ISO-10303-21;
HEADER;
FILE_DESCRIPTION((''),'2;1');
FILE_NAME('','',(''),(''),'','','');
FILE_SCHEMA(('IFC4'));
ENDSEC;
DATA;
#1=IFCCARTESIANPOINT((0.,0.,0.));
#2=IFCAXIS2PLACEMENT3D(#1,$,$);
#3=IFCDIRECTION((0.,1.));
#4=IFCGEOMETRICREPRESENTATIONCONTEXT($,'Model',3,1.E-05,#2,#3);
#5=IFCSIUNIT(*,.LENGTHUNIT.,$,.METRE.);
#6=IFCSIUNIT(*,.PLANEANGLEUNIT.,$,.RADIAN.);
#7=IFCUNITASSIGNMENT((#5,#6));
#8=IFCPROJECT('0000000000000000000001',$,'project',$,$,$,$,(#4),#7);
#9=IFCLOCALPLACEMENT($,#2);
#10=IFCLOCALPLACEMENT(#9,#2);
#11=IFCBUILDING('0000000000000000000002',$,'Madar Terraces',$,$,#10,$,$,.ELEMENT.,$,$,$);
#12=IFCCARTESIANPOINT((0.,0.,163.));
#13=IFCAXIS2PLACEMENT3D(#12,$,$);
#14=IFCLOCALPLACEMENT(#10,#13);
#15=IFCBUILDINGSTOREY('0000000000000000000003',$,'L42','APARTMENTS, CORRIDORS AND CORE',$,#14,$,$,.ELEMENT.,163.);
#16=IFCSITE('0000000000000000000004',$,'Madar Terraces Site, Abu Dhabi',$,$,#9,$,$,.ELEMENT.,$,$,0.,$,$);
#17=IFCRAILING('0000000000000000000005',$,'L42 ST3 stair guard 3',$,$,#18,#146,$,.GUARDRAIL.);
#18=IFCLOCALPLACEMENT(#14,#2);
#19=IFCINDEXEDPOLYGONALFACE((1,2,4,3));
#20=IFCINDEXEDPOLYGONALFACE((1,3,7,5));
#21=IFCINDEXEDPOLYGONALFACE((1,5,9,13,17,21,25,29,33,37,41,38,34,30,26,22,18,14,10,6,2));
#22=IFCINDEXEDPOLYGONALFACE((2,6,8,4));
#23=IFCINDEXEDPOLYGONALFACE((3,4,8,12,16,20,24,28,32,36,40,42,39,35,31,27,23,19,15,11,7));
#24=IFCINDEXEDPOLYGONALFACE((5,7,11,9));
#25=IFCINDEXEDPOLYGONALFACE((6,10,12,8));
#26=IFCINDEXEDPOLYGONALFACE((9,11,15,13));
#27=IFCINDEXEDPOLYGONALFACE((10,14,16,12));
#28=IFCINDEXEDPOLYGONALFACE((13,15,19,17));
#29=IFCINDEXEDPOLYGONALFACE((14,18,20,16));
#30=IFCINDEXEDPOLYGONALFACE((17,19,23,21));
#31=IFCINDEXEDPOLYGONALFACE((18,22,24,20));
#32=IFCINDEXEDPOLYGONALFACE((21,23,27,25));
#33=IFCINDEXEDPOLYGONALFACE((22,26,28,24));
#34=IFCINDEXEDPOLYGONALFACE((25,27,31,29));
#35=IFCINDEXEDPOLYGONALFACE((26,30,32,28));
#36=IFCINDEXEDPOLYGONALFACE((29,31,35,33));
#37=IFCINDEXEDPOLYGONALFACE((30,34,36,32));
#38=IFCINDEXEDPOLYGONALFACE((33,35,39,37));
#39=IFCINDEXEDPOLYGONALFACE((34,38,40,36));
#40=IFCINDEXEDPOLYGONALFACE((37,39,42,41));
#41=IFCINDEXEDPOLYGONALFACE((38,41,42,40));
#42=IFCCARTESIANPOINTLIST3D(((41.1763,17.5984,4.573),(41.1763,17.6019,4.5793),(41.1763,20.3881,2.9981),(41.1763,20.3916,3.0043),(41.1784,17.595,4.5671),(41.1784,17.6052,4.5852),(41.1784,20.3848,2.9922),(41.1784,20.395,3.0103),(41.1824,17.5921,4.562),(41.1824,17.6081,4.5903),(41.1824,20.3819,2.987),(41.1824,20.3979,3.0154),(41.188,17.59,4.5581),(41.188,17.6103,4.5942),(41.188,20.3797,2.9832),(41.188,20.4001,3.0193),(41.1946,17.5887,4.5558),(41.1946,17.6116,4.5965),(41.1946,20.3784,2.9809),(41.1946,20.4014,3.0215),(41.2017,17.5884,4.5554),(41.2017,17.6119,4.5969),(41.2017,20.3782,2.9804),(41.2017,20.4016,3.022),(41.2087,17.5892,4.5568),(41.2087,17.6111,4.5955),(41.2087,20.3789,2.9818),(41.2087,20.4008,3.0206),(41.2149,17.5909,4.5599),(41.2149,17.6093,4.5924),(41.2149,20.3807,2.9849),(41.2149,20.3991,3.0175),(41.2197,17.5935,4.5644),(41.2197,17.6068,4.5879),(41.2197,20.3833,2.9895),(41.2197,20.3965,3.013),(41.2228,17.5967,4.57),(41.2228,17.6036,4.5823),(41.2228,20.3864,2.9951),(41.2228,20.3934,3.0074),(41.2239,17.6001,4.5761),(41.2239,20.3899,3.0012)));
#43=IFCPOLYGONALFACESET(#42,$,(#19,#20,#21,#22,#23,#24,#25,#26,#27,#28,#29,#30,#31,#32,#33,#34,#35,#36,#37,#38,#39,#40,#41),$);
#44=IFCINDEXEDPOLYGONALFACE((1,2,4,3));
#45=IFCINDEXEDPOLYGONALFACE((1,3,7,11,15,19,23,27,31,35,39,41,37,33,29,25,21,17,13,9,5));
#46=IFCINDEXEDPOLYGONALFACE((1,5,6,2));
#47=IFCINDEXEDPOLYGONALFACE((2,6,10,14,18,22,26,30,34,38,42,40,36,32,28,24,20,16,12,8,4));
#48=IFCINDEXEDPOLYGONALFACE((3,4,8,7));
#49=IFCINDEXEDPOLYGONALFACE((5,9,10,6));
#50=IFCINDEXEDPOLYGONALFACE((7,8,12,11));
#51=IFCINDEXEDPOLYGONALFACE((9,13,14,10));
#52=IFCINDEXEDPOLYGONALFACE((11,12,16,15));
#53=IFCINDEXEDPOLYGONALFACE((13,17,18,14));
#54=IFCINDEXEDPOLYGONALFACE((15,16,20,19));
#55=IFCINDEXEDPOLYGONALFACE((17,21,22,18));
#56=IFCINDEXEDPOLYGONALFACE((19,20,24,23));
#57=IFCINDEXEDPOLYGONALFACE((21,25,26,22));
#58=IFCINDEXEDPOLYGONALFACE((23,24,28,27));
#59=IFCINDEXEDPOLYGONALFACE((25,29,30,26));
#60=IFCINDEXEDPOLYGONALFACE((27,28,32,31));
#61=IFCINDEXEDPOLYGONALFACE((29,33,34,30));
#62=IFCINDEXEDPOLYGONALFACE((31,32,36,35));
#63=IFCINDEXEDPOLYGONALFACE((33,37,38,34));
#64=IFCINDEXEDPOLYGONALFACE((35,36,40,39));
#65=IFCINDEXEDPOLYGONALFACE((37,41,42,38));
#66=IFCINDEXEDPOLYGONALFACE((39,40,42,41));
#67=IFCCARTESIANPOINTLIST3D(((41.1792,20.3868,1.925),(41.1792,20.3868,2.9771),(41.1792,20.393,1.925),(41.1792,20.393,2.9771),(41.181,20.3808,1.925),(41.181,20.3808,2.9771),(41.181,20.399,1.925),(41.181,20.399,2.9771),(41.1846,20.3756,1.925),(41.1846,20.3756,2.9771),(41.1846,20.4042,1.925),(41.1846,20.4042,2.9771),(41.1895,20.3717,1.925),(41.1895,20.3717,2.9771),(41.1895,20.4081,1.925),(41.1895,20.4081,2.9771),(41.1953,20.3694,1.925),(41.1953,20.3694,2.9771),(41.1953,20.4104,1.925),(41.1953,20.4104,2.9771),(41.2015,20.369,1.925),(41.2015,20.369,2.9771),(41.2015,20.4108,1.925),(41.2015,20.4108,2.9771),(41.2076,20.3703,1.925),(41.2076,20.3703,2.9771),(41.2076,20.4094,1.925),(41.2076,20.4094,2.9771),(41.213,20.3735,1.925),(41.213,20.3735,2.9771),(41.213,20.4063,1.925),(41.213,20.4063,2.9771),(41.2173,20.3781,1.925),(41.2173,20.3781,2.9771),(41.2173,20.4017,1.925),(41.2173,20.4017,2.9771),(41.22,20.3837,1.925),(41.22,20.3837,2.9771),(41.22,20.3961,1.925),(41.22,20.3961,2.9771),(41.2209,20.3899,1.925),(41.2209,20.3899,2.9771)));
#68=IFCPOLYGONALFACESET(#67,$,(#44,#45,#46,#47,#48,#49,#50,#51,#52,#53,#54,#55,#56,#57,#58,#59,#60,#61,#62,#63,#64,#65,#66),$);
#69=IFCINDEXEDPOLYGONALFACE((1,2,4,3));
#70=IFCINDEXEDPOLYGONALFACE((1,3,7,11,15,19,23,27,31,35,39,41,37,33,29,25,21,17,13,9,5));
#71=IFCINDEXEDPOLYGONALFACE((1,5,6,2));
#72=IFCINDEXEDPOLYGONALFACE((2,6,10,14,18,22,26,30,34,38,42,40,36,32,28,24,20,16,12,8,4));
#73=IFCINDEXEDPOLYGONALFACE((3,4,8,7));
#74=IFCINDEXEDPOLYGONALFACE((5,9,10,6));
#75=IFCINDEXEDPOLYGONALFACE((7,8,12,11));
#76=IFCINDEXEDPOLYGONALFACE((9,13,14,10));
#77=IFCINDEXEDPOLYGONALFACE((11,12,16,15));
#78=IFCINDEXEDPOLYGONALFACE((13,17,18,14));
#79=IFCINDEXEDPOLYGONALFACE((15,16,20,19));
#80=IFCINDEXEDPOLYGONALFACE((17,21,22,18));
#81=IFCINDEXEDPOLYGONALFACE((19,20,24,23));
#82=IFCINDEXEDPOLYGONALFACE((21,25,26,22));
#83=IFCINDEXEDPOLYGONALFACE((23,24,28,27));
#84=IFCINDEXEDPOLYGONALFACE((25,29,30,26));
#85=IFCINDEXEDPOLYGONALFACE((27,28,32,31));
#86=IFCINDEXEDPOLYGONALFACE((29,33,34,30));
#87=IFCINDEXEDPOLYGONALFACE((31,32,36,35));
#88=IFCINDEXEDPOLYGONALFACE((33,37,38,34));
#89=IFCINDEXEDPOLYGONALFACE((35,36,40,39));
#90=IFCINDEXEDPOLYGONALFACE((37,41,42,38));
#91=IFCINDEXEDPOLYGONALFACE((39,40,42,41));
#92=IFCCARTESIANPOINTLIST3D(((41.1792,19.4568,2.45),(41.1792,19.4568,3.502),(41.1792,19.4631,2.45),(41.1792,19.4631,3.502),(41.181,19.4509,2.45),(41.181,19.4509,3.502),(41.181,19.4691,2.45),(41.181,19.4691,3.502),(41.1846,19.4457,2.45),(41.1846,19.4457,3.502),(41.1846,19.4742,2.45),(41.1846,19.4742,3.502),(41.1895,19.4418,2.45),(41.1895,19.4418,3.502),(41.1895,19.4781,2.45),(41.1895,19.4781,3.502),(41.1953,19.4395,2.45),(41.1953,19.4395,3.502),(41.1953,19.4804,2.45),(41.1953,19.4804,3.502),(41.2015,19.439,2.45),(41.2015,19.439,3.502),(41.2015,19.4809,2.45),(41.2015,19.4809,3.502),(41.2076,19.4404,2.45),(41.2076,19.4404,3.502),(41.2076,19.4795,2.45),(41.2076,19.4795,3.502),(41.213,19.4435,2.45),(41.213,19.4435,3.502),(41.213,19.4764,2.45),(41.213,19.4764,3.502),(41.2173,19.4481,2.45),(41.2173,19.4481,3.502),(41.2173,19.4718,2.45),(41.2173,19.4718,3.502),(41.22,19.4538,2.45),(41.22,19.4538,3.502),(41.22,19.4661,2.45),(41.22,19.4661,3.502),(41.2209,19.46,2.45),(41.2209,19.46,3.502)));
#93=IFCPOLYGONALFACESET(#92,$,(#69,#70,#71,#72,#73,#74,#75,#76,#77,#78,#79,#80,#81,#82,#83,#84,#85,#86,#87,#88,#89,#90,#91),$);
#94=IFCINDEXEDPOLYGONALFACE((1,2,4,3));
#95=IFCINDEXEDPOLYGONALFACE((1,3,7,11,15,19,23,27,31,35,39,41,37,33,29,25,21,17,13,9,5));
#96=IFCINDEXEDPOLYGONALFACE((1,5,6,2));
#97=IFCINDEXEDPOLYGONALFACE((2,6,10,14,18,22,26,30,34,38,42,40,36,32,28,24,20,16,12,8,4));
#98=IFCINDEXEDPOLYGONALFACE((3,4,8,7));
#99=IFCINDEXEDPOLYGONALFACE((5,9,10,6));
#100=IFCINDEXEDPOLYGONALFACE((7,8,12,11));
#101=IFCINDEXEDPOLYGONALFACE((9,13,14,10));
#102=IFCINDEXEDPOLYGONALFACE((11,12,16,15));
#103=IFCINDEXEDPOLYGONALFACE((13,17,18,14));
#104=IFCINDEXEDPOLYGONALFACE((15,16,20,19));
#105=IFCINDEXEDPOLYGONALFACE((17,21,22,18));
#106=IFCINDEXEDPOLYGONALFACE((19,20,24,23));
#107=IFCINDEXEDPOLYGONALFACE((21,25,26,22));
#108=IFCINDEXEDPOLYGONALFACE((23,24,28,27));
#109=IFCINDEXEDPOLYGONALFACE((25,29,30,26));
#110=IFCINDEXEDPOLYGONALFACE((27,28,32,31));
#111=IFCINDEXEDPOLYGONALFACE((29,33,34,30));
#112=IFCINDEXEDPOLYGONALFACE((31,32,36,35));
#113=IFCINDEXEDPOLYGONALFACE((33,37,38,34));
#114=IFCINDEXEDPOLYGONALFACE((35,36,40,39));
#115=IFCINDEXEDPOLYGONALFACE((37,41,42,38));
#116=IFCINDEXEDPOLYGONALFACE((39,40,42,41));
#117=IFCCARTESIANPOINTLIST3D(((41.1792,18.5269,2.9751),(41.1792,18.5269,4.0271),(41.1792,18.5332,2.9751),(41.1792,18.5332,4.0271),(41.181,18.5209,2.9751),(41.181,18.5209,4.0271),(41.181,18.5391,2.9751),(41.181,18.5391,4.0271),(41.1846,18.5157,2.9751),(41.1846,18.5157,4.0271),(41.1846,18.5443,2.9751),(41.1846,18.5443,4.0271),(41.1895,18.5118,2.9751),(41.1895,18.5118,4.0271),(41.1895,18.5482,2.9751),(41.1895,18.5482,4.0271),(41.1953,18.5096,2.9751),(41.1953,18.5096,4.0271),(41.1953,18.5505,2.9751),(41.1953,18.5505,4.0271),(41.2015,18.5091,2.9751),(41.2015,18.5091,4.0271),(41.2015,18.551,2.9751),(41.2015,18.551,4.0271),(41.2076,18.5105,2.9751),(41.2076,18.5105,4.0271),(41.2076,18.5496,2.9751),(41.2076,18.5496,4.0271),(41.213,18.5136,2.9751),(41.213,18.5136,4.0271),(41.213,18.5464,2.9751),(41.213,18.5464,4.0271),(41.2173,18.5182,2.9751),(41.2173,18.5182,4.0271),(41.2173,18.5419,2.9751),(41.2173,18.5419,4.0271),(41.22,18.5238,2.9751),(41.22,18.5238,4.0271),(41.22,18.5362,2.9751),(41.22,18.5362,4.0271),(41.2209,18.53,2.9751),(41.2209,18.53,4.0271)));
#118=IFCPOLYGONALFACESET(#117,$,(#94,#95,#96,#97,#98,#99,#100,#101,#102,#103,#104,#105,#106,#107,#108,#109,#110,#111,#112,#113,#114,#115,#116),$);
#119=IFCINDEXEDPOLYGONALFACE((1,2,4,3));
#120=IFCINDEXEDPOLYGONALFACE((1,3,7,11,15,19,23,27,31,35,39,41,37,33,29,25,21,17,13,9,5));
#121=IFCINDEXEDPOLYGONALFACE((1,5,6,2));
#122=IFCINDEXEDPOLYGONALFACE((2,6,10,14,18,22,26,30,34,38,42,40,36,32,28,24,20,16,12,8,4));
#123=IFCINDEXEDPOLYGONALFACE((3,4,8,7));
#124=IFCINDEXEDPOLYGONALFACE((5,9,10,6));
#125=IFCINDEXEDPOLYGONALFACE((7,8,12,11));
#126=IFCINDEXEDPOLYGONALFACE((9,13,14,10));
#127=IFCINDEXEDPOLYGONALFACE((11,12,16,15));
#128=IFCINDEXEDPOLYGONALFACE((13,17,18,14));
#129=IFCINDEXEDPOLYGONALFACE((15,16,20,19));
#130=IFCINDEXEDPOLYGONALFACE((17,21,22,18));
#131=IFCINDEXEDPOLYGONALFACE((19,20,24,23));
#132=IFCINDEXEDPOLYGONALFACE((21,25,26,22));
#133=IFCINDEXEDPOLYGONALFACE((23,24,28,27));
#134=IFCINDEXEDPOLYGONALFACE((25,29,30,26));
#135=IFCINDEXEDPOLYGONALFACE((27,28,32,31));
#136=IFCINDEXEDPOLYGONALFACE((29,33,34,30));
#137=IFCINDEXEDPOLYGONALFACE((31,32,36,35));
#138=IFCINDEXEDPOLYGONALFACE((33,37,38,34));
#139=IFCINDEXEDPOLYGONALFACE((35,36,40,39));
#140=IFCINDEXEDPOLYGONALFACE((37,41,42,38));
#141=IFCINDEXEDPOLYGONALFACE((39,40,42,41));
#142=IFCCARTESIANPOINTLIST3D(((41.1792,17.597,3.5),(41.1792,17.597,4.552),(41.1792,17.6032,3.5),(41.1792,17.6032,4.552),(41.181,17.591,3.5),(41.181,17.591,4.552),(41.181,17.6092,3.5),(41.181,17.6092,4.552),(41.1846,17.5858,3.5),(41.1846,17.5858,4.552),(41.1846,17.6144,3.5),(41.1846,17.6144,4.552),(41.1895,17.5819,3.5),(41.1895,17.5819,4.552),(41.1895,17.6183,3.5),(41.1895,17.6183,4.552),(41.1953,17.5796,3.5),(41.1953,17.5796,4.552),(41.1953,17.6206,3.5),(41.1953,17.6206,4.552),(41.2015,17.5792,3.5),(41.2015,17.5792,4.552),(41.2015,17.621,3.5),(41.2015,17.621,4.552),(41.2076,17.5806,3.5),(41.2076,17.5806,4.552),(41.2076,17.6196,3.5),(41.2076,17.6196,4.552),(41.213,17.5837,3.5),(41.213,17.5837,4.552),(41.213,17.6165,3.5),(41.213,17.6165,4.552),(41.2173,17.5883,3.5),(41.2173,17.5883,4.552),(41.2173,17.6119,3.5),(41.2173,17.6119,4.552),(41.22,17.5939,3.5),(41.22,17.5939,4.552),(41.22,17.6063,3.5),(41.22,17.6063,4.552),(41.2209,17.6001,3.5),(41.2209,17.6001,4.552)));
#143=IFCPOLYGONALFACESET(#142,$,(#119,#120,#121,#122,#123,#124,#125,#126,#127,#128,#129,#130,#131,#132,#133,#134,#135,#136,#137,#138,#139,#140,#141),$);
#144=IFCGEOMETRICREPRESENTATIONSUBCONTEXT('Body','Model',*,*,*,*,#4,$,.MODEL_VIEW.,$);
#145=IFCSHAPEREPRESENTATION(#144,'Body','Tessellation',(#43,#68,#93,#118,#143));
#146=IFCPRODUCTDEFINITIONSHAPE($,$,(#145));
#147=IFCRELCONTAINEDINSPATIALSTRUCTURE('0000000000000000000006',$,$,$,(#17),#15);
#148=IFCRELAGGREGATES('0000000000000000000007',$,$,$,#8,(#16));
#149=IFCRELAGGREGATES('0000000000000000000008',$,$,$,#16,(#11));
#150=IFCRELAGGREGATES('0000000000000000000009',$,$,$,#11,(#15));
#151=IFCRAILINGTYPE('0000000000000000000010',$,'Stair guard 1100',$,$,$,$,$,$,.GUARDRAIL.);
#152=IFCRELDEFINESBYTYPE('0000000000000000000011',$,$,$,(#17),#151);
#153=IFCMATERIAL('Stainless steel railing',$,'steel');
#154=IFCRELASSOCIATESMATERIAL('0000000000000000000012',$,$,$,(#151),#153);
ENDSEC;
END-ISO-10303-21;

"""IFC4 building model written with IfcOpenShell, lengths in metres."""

from ifc_helpers import new_model, si_unit, direction, frame, origin, origin_2d, place, context, subcontext, project, spatial, circle, extrude, material, type_object, element, save


model = new_model("IFC4")

# Units and contexts
model_context = context("Model", 3, precision=1e-05, world=origin(), true_north=direction((0.0, 1.0)))
body_context = subcontext(model_context, "Body", "Model", "MODEL_VIEW")
ifc_project = project(units=[si_unit("LENGTHUNIT", "METRE"), si_unit("PLANEANGLEUNIT", "RADIAN")], contexts=[model_context])

# Site, building, storey
site_placement = place(None, origin())
site = spatial("IfcSite", under=ifc_project, at=site_placement, Name="Madar Terraces Site, Abu Dhabi", CompositionType="ELEMENT", RefElevation=0.0)
building_placement = place(site_placement, origin())
building = spatial("IfcBuilding", under=site, at=building_placement, Name="Madar Terraces", CompositionType="ELEMENT")
storey_placement = place(building_placement, frame((0.0, 0.0, 163.0)))
storey = spatial("IfcBuildingStorey", under=building, at=storey_placement, Name="L42", Description="APARTMENTS, CORRIDORS AND CORE", CompositionType="ELEMENT", Elevation=163.0)

# Railing
ifc_material_1 = material(Name="Stainless steel railing", Category="steel")
railing_type_1 = type_object("IfcRailingType", Name="Stair guard 1100", PredefinedType="GUARDRAIL", material=ifc_material_1)
railing_1_placement = place(storey_placement, frame((41.2, 20.3899, 1.925)))
element("IfcRailing", 1, at=railing_1_placement, inside=storey, type_object=railing_type_1, Name="L42 ST3 stair guard 3", PredefinedType="GUARDRAIL", context=body_context, shape_type="SweptSolid", body=[
    extrude(circle(Radius=0.0239, at=origin_2d()), frame((0.0, 0.0, 1.0762), z_axis=(0.0, -0.870815, 0.49161), x_axis=(1.0, 0.0, 0.0)), (0.0, 0.0, 1.0), 3.2036),
    extrude(circle(Radius=0.021, at=origin_2d()), origin(), (0.0, 0.0, 1.0), 1.052),
    extrude(circle(Radius=0.021, at=origin_2d()), frame((0.0, -0.9299, 0.5249)), (0.0, 0.0, 1.0), 1.052),
    extrude(circle(Radius=0.021, at=origin_2d()), frame((0.0, -1.8599, 1.05)), (0.0, 0.0, 1.0), 1.052),
    extrude(circle(Radius=0.021, at=origin_2d()), frame((0.0, -2.7898, 1.575)), (0.0, 0.0, 1.0), 1.052),
])

save(model, "model.ifc")
